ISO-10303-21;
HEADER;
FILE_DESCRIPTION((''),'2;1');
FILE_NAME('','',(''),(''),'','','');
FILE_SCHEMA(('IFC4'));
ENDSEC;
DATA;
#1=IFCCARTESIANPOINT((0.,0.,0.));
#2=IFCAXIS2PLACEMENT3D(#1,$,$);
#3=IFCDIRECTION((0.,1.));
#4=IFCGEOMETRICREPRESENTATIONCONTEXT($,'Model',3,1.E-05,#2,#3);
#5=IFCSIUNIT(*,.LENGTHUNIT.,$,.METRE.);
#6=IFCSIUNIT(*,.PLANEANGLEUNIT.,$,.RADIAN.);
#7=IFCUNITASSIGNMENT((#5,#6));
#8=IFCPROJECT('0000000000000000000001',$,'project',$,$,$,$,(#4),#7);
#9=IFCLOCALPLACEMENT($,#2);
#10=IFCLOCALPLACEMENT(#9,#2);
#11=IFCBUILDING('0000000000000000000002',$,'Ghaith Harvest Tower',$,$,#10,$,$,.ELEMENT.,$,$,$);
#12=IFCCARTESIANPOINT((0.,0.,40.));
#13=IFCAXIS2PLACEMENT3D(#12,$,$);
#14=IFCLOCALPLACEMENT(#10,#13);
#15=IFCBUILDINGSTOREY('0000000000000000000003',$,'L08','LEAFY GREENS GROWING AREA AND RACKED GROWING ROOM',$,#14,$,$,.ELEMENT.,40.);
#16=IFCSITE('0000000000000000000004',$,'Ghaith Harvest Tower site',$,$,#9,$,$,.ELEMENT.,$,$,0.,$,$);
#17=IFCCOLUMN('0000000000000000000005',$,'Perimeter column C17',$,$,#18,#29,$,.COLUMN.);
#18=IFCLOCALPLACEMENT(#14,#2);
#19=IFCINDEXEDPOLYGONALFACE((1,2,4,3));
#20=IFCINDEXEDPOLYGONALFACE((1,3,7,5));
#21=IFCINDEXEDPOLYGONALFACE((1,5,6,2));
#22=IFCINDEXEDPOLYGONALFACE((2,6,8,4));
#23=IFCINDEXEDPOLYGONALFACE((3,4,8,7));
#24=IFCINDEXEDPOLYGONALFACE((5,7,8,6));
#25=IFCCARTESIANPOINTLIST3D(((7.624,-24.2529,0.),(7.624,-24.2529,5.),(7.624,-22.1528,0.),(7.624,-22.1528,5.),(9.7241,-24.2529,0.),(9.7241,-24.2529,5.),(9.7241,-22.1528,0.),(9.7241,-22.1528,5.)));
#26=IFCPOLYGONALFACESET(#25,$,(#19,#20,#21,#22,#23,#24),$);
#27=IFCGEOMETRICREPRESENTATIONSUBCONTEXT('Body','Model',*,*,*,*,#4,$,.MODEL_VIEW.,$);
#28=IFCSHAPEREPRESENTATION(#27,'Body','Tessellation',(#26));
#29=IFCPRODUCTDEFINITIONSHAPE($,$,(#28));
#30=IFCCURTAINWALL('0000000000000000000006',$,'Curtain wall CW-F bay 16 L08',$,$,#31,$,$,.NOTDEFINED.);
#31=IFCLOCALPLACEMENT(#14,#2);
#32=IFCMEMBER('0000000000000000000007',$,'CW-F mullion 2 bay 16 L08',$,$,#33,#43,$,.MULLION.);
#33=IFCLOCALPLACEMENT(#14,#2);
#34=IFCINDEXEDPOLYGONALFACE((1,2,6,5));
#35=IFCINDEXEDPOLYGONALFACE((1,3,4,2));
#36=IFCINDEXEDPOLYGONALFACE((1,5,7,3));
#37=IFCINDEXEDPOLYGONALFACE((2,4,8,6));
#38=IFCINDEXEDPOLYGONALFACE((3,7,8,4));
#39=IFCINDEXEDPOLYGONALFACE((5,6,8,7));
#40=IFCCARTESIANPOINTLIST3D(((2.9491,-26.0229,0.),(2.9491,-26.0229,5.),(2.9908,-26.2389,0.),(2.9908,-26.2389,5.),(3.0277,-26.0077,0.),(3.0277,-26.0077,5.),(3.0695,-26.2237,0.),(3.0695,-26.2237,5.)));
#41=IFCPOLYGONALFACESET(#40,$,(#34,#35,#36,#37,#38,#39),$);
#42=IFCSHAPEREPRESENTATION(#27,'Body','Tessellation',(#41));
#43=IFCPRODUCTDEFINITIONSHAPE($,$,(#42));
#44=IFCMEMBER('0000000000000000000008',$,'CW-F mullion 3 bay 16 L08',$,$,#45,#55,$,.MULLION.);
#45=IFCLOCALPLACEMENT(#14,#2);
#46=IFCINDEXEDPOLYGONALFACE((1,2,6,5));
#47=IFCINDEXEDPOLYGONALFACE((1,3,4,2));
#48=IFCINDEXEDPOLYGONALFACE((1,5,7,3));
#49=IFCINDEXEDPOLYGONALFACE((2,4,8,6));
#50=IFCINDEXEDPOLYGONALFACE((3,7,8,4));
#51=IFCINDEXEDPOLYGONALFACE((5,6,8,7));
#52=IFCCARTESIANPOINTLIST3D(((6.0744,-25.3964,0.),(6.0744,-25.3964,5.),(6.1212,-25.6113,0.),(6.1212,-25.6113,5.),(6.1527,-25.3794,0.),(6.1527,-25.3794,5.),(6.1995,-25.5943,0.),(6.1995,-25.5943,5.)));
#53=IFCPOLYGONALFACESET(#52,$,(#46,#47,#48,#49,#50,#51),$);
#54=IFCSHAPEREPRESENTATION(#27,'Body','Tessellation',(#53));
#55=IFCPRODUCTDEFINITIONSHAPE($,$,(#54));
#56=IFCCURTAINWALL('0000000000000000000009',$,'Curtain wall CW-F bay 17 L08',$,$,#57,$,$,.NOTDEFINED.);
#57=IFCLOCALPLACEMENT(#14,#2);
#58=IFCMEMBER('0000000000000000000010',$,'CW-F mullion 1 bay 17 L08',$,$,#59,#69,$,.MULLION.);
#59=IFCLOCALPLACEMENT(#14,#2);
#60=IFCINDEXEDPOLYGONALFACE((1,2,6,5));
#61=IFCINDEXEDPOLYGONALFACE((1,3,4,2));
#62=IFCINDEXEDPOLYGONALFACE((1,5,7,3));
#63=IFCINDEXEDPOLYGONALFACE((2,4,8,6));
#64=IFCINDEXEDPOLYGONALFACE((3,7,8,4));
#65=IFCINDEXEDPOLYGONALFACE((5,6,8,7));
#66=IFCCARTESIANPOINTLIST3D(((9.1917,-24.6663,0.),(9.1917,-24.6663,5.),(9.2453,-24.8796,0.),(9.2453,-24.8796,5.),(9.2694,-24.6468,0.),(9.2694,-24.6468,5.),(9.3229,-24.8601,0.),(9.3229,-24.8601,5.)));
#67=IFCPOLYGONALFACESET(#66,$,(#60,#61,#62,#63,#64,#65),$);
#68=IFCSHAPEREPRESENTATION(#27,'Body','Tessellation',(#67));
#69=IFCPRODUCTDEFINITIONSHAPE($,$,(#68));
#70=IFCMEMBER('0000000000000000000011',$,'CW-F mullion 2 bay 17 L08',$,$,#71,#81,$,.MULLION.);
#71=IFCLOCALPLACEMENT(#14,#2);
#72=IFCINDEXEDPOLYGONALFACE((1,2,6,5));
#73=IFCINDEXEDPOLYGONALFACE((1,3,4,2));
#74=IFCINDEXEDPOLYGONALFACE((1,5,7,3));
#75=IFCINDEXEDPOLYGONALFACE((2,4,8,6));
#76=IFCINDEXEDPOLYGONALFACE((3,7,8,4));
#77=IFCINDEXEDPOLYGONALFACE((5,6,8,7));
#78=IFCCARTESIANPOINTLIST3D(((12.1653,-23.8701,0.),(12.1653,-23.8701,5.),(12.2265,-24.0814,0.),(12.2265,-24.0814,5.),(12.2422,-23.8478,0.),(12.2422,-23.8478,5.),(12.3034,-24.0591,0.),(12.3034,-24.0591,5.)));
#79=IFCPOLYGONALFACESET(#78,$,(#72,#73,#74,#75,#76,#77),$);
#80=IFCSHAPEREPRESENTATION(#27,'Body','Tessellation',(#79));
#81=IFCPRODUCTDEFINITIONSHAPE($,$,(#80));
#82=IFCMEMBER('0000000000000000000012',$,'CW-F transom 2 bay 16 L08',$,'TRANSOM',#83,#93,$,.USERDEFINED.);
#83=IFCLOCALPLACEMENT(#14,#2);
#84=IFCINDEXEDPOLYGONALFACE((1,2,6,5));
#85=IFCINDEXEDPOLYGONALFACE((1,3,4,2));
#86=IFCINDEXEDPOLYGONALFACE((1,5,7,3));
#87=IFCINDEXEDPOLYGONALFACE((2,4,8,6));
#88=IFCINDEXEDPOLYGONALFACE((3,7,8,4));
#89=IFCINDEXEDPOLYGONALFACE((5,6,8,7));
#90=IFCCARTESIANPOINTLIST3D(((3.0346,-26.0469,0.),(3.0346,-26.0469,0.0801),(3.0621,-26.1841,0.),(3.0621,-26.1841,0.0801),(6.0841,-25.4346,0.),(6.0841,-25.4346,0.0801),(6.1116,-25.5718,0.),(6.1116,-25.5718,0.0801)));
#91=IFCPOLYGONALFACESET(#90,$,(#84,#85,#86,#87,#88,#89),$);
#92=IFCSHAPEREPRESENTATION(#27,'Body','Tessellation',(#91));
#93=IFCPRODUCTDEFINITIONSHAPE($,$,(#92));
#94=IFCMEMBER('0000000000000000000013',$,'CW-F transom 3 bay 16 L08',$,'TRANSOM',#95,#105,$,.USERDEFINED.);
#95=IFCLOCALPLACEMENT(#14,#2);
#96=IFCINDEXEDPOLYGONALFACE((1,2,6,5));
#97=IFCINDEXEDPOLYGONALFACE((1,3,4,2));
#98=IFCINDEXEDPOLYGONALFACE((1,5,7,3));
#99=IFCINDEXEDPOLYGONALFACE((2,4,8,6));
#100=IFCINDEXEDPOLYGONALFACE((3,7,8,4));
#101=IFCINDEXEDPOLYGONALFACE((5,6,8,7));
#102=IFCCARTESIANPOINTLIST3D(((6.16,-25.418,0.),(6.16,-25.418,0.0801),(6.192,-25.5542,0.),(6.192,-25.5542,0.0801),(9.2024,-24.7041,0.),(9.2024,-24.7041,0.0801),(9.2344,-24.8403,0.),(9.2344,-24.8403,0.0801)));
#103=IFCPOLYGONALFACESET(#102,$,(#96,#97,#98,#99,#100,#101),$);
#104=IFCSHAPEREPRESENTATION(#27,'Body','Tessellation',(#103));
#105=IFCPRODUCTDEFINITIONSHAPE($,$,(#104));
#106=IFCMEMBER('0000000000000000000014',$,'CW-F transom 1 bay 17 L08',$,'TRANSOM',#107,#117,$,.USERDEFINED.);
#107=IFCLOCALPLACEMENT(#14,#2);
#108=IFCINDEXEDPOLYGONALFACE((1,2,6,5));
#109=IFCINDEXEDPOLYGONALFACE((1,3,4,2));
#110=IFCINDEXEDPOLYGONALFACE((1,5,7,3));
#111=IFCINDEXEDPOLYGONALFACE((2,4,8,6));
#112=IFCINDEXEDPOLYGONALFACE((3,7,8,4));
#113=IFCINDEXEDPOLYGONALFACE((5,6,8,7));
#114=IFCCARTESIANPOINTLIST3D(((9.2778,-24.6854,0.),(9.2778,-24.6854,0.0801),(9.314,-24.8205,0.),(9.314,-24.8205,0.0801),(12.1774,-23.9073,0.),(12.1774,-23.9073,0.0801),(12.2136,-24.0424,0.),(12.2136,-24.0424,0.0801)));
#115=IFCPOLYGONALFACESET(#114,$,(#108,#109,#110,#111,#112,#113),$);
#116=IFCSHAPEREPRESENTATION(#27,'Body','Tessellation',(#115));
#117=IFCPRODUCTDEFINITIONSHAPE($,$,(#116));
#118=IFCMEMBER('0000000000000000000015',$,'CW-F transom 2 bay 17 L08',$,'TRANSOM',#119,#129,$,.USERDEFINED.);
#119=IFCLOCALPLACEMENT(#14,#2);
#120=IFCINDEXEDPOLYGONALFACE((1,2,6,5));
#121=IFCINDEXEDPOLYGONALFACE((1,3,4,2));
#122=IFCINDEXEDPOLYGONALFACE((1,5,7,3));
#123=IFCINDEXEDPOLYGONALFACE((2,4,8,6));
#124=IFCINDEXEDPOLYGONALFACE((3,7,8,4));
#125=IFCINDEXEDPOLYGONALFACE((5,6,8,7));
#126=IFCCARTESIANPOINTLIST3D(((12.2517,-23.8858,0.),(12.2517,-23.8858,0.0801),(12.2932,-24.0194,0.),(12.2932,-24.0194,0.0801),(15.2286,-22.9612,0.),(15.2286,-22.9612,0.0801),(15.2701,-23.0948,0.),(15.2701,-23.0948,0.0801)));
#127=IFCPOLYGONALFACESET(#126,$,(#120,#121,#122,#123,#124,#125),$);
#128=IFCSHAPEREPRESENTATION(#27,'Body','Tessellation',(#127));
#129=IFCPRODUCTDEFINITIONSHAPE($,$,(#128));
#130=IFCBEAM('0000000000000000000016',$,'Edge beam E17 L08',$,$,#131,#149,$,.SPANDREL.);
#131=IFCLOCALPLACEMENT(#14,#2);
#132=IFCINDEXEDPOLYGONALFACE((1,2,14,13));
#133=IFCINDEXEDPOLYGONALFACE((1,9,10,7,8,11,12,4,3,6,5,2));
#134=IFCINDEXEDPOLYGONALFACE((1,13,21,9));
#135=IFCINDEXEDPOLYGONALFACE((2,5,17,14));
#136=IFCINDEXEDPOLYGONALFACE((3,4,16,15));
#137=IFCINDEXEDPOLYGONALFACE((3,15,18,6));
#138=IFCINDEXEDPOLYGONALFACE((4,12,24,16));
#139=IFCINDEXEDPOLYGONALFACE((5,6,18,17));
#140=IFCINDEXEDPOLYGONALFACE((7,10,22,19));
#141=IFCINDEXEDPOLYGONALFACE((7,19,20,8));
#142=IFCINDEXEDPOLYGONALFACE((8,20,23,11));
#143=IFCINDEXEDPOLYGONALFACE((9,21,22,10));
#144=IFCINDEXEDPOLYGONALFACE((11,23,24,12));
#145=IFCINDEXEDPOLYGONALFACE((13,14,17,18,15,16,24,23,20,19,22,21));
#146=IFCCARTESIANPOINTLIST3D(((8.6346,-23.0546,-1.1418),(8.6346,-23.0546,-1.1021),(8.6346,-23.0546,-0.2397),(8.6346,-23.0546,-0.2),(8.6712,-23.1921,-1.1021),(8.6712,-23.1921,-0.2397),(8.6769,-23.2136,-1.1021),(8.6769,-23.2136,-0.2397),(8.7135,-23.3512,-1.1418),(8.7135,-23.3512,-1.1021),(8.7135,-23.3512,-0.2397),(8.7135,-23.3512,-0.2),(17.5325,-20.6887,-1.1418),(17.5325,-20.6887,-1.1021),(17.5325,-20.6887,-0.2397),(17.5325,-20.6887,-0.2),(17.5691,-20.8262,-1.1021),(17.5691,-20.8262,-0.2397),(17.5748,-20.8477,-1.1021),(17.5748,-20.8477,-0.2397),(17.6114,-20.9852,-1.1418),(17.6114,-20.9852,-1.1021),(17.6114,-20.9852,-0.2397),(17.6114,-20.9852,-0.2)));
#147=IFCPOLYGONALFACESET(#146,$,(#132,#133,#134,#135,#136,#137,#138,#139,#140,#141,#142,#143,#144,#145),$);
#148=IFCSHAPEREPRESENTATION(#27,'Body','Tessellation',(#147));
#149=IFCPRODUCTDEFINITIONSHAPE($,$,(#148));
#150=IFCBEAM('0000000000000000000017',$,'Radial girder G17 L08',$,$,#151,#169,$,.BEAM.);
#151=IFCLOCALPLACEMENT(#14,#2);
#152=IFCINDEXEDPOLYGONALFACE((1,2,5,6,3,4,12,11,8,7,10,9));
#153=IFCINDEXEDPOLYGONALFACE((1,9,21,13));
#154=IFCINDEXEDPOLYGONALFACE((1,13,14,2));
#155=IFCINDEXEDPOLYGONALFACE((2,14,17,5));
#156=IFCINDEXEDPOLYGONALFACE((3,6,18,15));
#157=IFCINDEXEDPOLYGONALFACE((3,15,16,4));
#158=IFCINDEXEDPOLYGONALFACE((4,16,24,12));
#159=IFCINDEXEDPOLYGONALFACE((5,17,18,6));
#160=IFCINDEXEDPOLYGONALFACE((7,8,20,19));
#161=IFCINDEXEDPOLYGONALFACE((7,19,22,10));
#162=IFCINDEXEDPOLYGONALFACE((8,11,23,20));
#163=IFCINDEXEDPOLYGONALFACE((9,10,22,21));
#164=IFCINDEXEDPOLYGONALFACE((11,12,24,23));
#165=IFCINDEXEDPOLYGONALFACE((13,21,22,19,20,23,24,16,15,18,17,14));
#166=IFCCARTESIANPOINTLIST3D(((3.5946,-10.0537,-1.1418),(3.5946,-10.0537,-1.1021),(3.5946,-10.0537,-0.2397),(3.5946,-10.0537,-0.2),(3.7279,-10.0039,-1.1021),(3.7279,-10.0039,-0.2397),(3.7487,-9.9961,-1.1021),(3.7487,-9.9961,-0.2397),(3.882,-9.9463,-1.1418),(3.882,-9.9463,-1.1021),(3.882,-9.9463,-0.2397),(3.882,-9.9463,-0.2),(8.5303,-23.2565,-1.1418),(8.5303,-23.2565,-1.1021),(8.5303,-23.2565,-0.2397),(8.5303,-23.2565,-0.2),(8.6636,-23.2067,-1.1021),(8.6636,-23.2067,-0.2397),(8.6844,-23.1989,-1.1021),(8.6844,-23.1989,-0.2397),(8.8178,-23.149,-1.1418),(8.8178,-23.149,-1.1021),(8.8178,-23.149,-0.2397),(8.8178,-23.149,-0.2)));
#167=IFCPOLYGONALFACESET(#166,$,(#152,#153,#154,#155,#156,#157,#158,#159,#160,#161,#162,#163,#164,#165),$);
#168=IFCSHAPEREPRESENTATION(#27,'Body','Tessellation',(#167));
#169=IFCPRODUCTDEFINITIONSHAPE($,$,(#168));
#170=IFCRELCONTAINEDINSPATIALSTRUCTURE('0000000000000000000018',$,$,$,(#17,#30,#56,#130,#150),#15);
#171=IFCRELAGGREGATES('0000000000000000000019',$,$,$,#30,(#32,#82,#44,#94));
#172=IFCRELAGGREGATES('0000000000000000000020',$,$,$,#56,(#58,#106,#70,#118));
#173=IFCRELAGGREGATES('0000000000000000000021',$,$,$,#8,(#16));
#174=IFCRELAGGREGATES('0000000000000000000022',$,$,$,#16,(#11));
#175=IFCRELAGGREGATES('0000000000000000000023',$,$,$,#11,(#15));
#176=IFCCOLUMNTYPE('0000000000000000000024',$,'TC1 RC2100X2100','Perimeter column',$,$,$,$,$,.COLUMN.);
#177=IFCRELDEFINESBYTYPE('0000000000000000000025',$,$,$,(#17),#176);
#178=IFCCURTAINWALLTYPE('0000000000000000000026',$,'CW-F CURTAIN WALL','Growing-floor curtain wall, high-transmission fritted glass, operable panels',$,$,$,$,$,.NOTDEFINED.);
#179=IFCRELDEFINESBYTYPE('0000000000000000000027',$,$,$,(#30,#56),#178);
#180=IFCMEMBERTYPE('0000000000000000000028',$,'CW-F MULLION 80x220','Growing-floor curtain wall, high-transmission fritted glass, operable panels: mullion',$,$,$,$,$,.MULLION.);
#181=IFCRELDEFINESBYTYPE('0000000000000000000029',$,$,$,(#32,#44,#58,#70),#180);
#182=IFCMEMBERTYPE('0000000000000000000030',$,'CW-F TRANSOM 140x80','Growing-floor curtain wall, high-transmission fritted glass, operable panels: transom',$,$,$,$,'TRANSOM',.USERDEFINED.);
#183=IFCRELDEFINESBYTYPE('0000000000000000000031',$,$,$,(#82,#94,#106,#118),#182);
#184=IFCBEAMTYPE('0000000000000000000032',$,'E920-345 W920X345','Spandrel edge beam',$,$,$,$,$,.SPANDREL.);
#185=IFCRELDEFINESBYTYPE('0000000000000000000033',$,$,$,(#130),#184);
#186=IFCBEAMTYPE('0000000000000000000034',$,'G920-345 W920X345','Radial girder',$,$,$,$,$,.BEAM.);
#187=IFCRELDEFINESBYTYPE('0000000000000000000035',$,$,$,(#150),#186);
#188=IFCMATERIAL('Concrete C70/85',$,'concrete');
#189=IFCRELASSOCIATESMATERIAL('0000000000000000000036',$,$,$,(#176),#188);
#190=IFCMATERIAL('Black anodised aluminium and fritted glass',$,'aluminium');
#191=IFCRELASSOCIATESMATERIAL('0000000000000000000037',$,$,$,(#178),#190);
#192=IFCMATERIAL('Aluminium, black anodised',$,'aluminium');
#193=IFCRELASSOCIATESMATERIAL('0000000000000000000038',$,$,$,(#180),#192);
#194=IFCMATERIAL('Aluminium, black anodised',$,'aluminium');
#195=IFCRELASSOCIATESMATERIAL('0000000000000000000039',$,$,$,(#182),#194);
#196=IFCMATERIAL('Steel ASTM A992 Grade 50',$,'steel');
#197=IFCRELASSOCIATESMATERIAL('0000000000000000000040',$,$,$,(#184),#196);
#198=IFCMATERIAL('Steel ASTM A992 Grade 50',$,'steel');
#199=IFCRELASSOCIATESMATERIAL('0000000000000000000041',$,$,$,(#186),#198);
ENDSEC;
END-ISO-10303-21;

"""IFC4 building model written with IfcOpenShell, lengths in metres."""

from ifc_helpers import new_model, si_unit, direction, frame, origin, origin_2d, place, context, subcontext, project, spatial, rectangle, i_section, extrude, material, material_profile, profile_set, type_object, element, aggregate, save


model = new_model("IFC4")

# Units and contexts
model_context = context("Model", 3, precision=1e-05, world=origin(), true_north=direction((0.0, 1.0)))
body_context = subcontext(model_context, "Body", "Model", "MODEL_VIEW")
ifc_project = project(units=[si_unit("LENGTHUNIT", "METRE"), si_unit("PLANEANGLEUNIT", "RADIAN")], contexts=[model_context])

# Site, building, storey
site_placement = place(None, origin())
site = spatial("IfcSite", under=ifc_project, at=site_placement, Name="Ghaith Harvest Tower site", CompositionType="ELEMENT", RefElevation=0.0)
building_placement = place(site_placement, origin())
building = spatial("IfcBuilding", under=site, at=building_placement, Name="Ghaith Harvest Tower", CompositionType="ELEMENT")
storey_placement = place(building_placement, frame((0.0, 0.0, 40.0)))
storey = spatial("IfcBuildingStorey", under=building, at=storey_placement, Name="L08", Description="LEAFY GREENS GROWING AREA AND RACKED GROWING ROOM", CompositionType="ELEMENT", Elevation=40.0)

# Column
ifc_material_1 = material(Name="Concrete C70/85", Category="concrete")
ifc_material_profile_1 = material_profile(ifc_material_1, rectangle(XDim=2.1001, YDim=2.1001, at=origin_2d()), Name="RC2100X2100")
ifc_profile_set_1 = profile_set([ifc_material_profile_1], Name="Concrete C70/85")
column_type = type_object("IfcColumnType", Name="TC1 RC2100X2100", Description="Perimeter column", PredefinedType="COLUMN", material=ifc_profile_set_1)
column_placement = place(storey_placement, frame((8.6741, -23.2029, 0.0), z_axis=(0.0, 0.0, 1.0), x_axis=(1.0, 0.0, 0.0)))
element("IfcColumn", 1, at=column_placement, inside=storey, type_object=column_type, Name="Perimeter column C17", PredefinedType="COLUMN", context=body_context, shape_type="SweptSolid", body=[
    extrude(rectangle(XDim=2.1001, YDim=2.1001, at=origin_2d()), origin(), (0.0, 0.0, 1.0), 5.0),
])

# Curtain walls, members
ifc_material_2 = material(Name="Black anodised aluminium and fritted glass", Category="aluminium")
curtain_wall_type = type_object("IfcCurtainWallType", Name="CW-F CURTAIN WALL", Description="Growing-floor curtain wall, high-transmission fritted glass, operable panels", PredefinedType="NOTDEFINED", material=ifc_material_2)
curtain_wall_1_placement = place(storey_placement, origin())
curtain_wall_1 = element("IfcCurtainWall", 2, at=curtain_wall_1_placement, inside=storey, type_object=curtain_wall_type, Name="Curtain wall CW-F bay 16 L08", PredefinedType="NOTDEFINED")
ifc_material_3 = material(Name="Aluminium, black anodised", Category="aluminium")
ifc_material_profile_2 = material_profile(ifc_material_3, rectangle(XDim=0.0801, YDim=0.22, at=origin_2d()), Name="CW-F MULLION 80x220")
ifc_profile_set_2 = profile_set([ifc_material_profile_2], Name="Aluminium, black anodised")
member_type_1 = type_object("IfcMemberType", Name="CW-F MULLION 80x220", Description="Growing-floor curtain wall, high-transmission fritted glass, operable panels: mullion", PredefinedType="MULLION", material=ifc_profile_set_2)
member_1_placement = place(storey_placement, frame((3.0093, -26.1233, 0.0), z_axis=(0.0, 0.0, 1.0), x_axis=(0.981818, 0.189822, 0.0)))
member_1 = element("IfcMember", 3, at=member_1_placement, type_object=member_type_1, Name="CW-F mullion 2 bay 16 L08", PredefinedType="MULLION", context=body_context, shape_type="SweptSolid", body=[
    extrude(rectangle(XDim=0.0801, YDim=0.22, at=origin_2d()), origin(), (0.0, 0.0, 1.0), 5.0),
])
member_2_placement = place(storey_placement, frame((6.137, -25.4954, 0.0), z_axis=(0.0, 0.0, 1.0), x_axis=(0.977118, 0.212698, 0.0)))
member_2 = element("IfcMember", 4, at=member_2_placement, type_object=member_type_1, Name="CW-F mullion 3 bay 16 L08", PredefinedType="MULLION", context=body_context, shape_type="SweptSolid", body=[
    extrude(rectangle(XDim=0.0801, YDim=0.22, at=origin_2d()), origin(), (0.0, 0.0, 1.0), 5.0),
])
curtain_wall_2_placement = place(storey_placement, origin())
curtain_wall_2 = element("IfcCurtainWall", 5, at=curtain_wall_2_placement, inside=storey, type_object=curtain_wall_type, Name="Curtain wall CW-F bay 17 L08", PredefinedType="NOTDEFINED")
member_3_placement = place(storey_placement, frame((9.2573, -24.7632, 0.0), z_axis=(0.0, 0.0, 1.0), x_axis=(0.969903, 0.24349, 0.0)))
member_3 = element("IfcMember", 6, at=member_3_placement, type_object=member_type_1, Name="CW-F mullion 1 bay 17 L08", PredefinedType="MULLION", context=body_context, shape_type="SweptSolid", body=[
    extrude(rectangle(XDim=0.0801, YDim=0.22, at=origin_2d()), origin(), (0.0, 0.0, 1.0), 5.0),
])
member_4_placement = place(storey_placement, frame((12.2344, -23.9646, 0.0), z_axis=(0.0, 0.0, 1.0), x_axis=(0.960502, 0.278272, 0.0)))
member_4 = element("IfcMember", 7, at=member_4_placement, type_object=member_type_1, Name="CW-F mullion 2 bay 17 L08", PredefinedType="MULLION", context=body_context, shape_type="SweptSolid", body=[
    extrude(rectangle(XDim=0.0801, YDim=0.22, at=origin_2d()), origin(), (0.0, 0.0, 1.0), 5.0),
])

# Members
ifc_material_4 = material(Name="Aluminium, black anodised", Category="aluminium")
ifc_material_profile_3 = material_profile(ifc_material_4, rectangle(XDim=0.1399, YDim=0.0801, at=origin_2d()), Name="CW-F TRANSOM 140x80")
ifc_profile_set_3 = profile_set([ifc_material_profile_3], Name="Aluminium, black anodised")
member_type_2 = type_object("IfcMemberType", Name="CW-F TRANSOM 140x80", Description="Growing-floor curtain wall, high-transmission fritted glass, operable panels: transom", ElementType="TRANSOM", PredefinedType="USERDEFINED", material=ifc_profile_set_3)
member_5_placement = place(storey_placement, frame((3.0483, -26.1155, 0.04), z_axis=(0.980432, 0.196856, 0.0), x_axis=(-0.196856, 0.980432, 0.0)))
member_5 = element("IfcMember", 8, at=member_5_placement, type_object=member_type_2, Name="CW-F transom 2 bay 16 L08", ObjectType="TRANSOM", PredefinedType="USERDEFINED", context=body_context, shape_type="SweptSolid", body=[
    extrude(rectangle(XDim=0.1399, YDim=0.0801, at=origin_2d()), origin(), (0.0, 0.0, 1.0), 3.1104),
])
member_6_placement = place(storey_placement, frame((6.176, -25.4861, 0.04), z_axis=(0.97356, 0.22843, 0.0), x_axis=(-0.22843, 0.97356, 0.0)))
member_6 = element("IfcMember", 9, at=member_6_placement, type_object=member_type_2, Name="CW-F transom 3 bay 16 L08", ObjectType="TRANSOM", PredefinedType="USERDEFINED", context=body_context, shape_type="SweptSolid", body=[
    extrude(rectangle(XDim=0.1399, YDim=0.0801, at=origin_2d()), origin(), (0.0, 0.0, 1.0), 3.125),
])
member_7_placement = place(storey_placement, frame((9.2959, -24.7529, 0.04), z_axis=(0.965833, 0.259166, 0.0), x_axis=(-0.259166, 0.965833, 0.0)))
member_7 = element("IfcMember", 10, at=member_7_placement, type_object=member_type_2, Name="CW-F transom 1 bay 17 L08", ObjectType="TRANSOM", PredefinedType="USERDEFINED", context=body_context, shape_type="SweptSolid", body=[
    extrude(rectangle(XDim=0.1399, YDim=0.0801, at=origin_2d()), origin(), (0.0, 0.0, 1.0), 3.0022),
])
member_8_placement = place(storey_placement, frame((12.2725, -23.9526, 0.04), z_axis=(0.954998, 0.296611, 0.0), x_axis=(-0.296611, 0.954998, 0.0)))
member_8 = element("IfcMember", 11, at=member_8_placement, type_object=member_type_2, Name="CW-F transom 2 bay 17 L08", ObjectType="TRANSOM", PredefinedType="USERDEFINED", context=body_context, shape_type="SweptSolid", body=[
    extrude(rectangle(XDim=0.1399, YDim=0.0801, at=origin_2d()), origin(), (0.0, 0.0, 1.0), 3.1172),
])

# Beams
ifc_material_5 = material(Name="Steel ASTM A992 Grade 50", Category="steel")
ifc_material_profile_4 = material_profile(ifc_material_5, i_section(OverallWidth=0.3069, OverallDepth=0.9419, WebThickness=0.0222, FlangeThickness=0.0398, at=origin_2d()), Name="W920X345")
ifc_profile_set_4 = profile_set([ifc_material_profile_4], Name="Steel ASTM A992 Grade 50")
beam_type_1 = type_object("IfcBeamType", Name="E920-345 W920X345", Description="Spandrel edge beam", PredefinedType="SPANDREL", material=ifc_profile_set_4)
beam_1_placement = place(storey_placement, frame((8.6741, -23.2029, -0.6709), z_axis=(0.966419, 0.256971, 0.0), x_axis=(-0.256971, 0.966419, 0.0)))
element("IfcBeam", 12, at=beam_1_placement, inside=storey, type_object=beam_type_1, Name="Edge beam E17 L08", PredefinedType="SPANDREL", context=body_context, shape_type="SweptSolid", body=[
    extrude(i_section(OverallWidth=0.3069, OverallDepth=0.9419, WebThickness=0.0222, FlangeThickness=0.0398, at=origin_2d()), origin(), (0.0, 0.0, 1.0), 9.207),
])
ifc_material_6 = material(Name="Steel ASTM A992 Grade 50", Category="steel")
ifc_material_profile_5 = material_profile(ifc_material_6, i_section(OverallWidth=0.3069, OverallDepth=0.9419, WebThickness=0.0222, FlangeThickness=0.0398, at=origin_2d()), Name="W920X345")
ifc_profile_set_5 = profile_set([ifc_material_profile_5], Name="Steel ASTM A992 Grade 50")
beam_type_2 = type_object("IfcBeamType", Name="G920-345 W920X345", Description="Radial girder", PredefinedType="BEAM", material=ifc_profile_set_5)
beam_2_placement = place(storey_placement, frame((3.7383, -10.0, -0.6709), z_axis=(0.350172, -0.936685, 0.0), x_axis=(0.936685, 0.350172, 0.0)))
element("IfcBeam", 13, at=beam_2_placement, inside=storey, type_object=beam_type_2, Name="Radial girder G17 L08", PredefinedType="BEAM", context=body_context, shape_type="SweptSolid", body=[
    extrude(i_section(OverallWidth=0.3069, OverallDepth=0.9419, WebThickness=0.0222, FlangeThickness=0.0398, at=origin_2d()), origin(), (0.0, 0.0, 1.0), 14.0952),
])

aggregate(curtain_wall_1, [member_1, member_5, member_2, member_6])
aggregate(curtain_wall_2, [member_3, member_7, member_4, member_8])

save(model, "model.ifc")
